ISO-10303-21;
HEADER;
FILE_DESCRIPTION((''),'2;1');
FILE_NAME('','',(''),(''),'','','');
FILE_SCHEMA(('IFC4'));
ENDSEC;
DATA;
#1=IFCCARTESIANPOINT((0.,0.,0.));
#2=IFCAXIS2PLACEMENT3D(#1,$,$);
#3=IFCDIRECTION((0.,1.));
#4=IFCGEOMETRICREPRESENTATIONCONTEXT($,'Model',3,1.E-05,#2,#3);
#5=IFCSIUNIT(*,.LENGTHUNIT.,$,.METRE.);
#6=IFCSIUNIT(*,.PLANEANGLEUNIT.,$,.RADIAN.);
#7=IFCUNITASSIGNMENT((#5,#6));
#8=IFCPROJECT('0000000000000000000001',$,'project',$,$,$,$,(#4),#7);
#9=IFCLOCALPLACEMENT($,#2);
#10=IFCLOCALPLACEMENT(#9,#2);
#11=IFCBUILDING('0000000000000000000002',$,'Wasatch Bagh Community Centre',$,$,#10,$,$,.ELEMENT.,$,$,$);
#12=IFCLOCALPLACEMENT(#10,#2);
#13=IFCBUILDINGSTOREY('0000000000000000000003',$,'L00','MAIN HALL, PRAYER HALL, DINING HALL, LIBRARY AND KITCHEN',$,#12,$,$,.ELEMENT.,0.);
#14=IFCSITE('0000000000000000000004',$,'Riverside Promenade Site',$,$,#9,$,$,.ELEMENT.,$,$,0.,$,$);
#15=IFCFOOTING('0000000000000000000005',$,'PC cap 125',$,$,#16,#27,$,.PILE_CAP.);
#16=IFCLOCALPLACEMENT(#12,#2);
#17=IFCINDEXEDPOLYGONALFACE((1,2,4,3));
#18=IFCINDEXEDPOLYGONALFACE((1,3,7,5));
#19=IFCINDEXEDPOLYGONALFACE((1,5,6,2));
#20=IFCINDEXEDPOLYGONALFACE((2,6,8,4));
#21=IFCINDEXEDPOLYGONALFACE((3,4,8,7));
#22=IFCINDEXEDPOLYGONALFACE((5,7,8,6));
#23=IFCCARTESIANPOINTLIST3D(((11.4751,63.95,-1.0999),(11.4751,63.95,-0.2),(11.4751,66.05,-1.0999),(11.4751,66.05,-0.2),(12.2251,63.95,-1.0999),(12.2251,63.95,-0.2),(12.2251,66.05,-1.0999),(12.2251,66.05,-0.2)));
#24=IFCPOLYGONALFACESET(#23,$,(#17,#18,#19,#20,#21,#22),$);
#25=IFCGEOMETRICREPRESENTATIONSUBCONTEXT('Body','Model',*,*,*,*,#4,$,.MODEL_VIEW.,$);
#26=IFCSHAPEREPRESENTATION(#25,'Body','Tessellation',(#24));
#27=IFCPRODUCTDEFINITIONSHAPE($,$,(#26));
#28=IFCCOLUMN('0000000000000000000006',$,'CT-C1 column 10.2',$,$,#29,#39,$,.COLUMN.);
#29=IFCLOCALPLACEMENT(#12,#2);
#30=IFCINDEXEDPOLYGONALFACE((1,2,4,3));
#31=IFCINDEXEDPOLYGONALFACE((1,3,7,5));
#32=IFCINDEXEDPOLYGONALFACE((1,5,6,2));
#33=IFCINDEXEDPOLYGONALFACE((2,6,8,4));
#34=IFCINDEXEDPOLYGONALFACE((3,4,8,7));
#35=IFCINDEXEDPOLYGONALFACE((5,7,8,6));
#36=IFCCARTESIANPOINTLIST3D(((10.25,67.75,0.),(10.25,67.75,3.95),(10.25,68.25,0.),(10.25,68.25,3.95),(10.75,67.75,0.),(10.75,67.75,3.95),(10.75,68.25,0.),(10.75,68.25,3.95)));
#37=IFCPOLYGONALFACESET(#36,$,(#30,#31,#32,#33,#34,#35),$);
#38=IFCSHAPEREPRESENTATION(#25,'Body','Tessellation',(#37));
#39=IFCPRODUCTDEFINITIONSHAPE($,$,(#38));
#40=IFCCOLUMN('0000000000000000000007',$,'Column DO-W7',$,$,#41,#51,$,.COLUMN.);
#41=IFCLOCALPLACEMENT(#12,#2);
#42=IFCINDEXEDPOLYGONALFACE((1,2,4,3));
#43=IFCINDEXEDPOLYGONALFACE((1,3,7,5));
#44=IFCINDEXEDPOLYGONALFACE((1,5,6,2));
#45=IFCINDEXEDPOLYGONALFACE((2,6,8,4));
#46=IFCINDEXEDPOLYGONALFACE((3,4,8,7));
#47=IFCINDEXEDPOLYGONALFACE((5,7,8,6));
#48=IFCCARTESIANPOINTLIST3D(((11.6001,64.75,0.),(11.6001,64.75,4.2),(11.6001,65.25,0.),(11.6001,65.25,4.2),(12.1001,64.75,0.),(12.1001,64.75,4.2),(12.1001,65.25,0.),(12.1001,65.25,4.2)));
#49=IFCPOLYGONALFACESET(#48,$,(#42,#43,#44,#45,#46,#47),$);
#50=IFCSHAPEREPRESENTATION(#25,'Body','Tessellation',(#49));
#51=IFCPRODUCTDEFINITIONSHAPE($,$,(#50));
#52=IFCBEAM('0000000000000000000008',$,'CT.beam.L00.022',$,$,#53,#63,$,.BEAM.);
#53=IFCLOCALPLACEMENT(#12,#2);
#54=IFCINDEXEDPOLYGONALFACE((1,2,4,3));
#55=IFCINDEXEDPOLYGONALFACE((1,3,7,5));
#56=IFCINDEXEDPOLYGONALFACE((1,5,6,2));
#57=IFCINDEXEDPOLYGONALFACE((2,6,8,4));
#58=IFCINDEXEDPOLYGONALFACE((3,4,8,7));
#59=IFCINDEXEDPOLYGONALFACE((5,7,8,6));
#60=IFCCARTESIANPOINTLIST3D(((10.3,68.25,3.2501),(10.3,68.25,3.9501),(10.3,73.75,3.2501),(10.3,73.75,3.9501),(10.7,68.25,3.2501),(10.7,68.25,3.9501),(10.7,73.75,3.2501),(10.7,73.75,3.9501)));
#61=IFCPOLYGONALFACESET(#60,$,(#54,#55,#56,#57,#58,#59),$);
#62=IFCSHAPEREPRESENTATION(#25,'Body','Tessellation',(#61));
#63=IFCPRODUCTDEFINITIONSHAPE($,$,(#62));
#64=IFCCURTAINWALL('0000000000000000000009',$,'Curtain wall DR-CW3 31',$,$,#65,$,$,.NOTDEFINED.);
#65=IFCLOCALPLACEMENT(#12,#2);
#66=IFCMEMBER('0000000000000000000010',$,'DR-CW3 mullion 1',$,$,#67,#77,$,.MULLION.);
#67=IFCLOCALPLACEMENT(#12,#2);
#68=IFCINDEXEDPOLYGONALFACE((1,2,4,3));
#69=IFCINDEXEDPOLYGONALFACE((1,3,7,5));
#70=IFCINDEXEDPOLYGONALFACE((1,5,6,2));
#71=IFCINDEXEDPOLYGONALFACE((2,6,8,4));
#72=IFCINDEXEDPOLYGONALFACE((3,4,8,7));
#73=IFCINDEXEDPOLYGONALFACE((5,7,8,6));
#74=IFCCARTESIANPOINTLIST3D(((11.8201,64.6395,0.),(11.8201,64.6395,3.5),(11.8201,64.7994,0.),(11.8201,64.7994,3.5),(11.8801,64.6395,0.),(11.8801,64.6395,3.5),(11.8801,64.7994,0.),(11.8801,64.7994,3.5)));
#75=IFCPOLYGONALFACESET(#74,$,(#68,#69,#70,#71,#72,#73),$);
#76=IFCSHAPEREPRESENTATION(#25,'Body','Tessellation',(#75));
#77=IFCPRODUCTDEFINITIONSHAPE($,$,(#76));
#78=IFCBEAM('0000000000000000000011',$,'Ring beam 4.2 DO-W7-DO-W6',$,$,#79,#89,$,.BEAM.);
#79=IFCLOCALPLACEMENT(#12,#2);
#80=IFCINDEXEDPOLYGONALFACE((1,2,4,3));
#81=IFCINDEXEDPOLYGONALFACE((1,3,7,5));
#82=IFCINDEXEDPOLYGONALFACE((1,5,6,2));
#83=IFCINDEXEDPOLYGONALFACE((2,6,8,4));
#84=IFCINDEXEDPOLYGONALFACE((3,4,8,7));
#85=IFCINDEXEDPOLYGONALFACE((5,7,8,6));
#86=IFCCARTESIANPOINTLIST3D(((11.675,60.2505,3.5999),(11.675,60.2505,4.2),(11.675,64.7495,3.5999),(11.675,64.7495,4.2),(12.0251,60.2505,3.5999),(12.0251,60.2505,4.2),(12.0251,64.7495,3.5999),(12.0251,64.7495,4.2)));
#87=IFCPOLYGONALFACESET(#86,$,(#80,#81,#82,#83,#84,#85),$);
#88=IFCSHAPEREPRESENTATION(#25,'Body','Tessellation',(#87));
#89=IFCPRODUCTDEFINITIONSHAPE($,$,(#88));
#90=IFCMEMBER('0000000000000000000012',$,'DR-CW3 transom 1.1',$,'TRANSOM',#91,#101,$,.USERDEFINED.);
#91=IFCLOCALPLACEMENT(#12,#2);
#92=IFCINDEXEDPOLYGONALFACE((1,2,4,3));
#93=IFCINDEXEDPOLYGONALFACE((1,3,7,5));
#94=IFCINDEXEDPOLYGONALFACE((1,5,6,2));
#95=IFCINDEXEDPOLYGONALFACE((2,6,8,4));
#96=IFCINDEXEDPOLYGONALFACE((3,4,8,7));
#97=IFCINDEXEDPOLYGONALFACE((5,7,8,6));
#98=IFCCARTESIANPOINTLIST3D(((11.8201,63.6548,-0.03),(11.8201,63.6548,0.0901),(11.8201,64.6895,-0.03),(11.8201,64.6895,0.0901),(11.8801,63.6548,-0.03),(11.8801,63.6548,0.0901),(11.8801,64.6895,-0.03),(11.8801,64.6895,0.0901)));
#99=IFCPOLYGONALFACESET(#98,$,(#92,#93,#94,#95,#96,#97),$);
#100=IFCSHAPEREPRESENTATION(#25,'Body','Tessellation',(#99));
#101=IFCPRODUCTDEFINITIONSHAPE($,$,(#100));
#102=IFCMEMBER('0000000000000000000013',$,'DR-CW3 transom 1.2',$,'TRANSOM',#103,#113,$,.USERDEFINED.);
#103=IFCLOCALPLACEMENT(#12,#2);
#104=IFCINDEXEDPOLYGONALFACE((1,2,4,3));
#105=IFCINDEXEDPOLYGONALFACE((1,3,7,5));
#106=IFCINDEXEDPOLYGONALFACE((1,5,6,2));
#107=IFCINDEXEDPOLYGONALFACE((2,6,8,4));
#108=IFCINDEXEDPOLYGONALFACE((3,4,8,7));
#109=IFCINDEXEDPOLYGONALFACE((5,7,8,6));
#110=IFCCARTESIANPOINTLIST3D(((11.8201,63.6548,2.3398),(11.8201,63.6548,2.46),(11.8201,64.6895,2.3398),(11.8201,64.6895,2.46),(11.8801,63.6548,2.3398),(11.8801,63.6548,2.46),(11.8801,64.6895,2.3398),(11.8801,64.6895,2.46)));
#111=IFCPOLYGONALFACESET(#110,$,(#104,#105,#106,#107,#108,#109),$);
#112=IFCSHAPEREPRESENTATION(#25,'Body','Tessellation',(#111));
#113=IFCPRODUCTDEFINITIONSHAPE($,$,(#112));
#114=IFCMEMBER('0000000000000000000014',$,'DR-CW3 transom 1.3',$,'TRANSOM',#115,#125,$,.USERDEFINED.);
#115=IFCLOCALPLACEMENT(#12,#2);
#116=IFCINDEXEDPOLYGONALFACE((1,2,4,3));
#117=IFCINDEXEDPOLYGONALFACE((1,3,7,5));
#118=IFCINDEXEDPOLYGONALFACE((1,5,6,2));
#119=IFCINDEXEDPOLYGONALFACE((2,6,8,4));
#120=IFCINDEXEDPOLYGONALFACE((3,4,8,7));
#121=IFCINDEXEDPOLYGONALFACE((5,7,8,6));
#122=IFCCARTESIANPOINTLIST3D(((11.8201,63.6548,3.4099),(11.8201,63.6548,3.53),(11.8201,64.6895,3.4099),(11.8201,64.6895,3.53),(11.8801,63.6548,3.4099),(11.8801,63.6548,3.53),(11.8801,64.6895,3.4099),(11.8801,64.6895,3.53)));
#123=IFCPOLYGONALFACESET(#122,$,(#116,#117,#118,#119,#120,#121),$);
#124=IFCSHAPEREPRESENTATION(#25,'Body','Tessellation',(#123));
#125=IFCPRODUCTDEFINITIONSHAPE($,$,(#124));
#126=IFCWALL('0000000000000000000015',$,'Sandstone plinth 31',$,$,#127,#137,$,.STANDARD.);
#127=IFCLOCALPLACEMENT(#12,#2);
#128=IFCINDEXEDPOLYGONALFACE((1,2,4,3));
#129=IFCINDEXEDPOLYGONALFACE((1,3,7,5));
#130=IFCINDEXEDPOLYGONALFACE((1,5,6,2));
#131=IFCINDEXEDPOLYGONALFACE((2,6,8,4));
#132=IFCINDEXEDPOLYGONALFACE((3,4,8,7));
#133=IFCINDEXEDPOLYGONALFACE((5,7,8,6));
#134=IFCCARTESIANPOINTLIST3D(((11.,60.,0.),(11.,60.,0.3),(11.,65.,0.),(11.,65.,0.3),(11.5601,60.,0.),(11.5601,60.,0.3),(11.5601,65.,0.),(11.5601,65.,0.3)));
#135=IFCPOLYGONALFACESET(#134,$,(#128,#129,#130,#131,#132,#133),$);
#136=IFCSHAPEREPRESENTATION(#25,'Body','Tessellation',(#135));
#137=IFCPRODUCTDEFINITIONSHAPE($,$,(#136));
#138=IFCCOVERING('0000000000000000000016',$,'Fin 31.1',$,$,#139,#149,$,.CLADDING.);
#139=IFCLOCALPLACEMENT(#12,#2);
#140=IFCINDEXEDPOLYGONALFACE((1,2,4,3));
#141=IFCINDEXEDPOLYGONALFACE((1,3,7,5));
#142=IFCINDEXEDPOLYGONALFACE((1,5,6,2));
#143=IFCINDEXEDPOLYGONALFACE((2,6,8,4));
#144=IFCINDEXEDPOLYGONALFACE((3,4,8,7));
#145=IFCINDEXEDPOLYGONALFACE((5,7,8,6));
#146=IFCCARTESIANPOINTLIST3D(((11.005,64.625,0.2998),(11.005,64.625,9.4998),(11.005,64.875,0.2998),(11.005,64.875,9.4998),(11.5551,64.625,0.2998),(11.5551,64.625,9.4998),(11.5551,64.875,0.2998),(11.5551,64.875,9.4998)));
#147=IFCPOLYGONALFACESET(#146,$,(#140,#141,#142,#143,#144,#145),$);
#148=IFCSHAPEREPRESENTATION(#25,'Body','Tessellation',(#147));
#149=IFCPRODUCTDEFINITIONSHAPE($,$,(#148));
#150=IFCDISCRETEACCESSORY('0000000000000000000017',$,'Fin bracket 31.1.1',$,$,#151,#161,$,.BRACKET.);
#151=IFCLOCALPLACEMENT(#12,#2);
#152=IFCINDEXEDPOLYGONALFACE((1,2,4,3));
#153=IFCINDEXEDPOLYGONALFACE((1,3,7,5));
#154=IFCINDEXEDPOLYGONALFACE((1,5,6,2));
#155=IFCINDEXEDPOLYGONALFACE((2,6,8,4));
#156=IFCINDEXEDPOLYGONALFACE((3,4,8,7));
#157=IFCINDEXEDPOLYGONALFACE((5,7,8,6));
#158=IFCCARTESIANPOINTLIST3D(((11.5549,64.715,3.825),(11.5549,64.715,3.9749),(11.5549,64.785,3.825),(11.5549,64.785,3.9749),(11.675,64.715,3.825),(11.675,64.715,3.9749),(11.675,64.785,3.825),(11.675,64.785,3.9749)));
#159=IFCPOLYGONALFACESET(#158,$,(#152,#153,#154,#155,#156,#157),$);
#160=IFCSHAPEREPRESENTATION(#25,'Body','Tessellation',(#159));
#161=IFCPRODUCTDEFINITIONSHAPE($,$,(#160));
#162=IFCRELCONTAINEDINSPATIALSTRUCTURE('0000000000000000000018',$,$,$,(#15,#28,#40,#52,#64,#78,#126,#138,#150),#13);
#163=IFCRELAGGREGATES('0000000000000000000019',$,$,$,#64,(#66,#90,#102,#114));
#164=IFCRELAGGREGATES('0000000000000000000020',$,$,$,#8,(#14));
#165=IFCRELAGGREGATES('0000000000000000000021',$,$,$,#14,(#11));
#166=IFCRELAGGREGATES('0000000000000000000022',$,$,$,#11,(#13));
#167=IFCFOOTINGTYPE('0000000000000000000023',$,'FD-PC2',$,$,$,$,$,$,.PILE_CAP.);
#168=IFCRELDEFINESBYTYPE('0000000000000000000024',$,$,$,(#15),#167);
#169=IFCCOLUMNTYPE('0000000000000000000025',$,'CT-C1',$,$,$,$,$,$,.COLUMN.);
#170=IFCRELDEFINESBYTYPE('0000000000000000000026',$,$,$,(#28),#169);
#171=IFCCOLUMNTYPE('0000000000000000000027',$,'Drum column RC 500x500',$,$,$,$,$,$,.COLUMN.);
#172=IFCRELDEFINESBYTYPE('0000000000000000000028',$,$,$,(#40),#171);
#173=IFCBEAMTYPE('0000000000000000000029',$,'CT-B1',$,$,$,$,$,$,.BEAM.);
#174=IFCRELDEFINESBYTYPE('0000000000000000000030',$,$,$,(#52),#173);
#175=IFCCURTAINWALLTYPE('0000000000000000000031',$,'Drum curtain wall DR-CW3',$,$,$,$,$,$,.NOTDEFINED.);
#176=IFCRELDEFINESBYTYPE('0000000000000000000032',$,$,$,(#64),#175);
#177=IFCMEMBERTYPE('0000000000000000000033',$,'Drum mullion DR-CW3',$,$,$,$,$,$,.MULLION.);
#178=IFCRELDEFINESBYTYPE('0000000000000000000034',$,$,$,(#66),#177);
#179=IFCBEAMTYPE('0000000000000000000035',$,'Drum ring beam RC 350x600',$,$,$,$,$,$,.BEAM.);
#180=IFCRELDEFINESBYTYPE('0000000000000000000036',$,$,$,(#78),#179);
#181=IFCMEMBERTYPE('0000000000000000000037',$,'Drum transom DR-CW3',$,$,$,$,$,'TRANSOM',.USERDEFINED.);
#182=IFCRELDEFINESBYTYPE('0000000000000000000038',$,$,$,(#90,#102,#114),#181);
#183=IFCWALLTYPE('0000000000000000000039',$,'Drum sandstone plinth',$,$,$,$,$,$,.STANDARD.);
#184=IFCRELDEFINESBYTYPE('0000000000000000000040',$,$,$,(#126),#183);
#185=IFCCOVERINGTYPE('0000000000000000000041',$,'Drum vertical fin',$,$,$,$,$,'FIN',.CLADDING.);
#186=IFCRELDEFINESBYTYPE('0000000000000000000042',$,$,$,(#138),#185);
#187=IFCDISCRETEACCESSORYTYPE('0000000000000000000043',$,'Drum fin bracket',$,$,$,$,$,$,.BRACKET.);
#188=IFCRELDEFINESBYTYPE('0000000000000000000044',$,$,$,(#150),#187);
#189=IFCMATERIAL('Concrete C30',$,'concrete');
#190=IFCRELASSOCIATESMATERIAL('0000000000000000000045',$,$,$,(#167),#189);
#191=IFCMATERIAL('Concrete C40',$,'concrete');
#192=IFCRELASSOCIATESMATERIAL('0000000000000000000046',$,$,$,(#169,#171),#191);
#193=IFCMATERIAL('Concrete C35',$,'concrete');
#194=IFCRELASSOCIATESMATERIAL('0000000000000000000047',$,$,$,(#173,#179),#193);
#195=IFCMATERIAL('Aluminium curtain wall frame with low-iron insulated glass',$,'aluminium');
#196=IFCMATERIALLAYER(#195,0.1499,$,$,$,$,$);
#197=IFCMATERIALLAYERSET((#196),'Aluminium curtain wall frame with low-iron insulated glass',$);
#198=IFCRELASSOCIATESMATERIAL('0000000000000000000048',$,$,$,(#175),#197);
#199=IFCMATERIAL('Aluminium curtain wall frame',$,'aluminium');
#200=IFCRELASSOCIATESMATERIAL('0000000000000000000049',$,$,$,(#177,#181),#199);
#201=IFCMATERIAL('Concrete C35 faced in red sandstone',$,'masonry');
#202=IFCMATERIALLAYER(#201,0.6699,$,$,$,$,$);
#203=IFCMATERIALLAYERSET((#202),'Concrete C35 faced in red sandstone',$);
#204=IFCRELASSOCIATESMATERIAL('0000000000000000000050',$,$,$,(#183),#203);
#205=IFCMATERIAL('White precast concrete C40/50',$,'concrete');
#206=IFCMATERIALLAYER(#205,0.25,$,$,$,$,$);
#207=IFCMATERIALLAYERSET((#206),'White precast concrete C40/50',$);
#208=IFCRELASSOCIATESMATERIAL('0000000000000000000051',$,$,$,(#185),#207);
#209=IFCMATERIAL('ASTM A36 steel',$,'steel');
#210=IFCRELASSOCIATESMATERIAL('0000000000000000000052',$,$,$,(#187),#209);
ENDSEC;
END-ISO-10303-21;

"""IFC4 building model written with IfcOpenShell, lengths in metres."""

from ifc_helpers import new_model, si_unit, direction, frame, frame_2d, origin, origin_2d, place, context, subcontext, project, spatial, rectangle, extrude, material, layer, layer_set, material_profile, profile_set, type_object, element, aggregate, save


model = new_model("IFC4")

# Units and contexts
model_context = context("Model", 3, precision=1e-05, world=origin(), true_north=direction((0.0, 1.0)))
body_context = subcontext(model_context, "Body", "Model", "MODEL_VIEW")
ifc_project = project(units=[si_unit("LENGTHUNIT", "METRE"), si_unit("PLANEANGLEUNIT", "RADIAN")], contexts=[model_context])

# Site, building, storey
site_placement = place(None, origin())
site = spatial("IfcSite", under=ifc_project, at=site_placement, Name="Riverside Promenade Site", CompositionType="ELEMENT", RefElevation=0.0)
building_placement = place(site_placement, origin())
building = spatial("IfcBuilding", under=site, at=building_placement, Name="Wasatch Bagh Community Centre", CompositionType="ELEMENT")
storey_placement = place(building_placement, origin())
storey = spatial("IfcBuildingStorey", under=building, at=storey_placement, Name="L00", Description="MAIN HALL, PRAYER HALL, DINING HALL, LIBRARY AND KITCHEN", CompositionType="ELEMENT", Elevation=0.0)

# Shared definitions
ifc_material_1 = material(Name="Concrete C35", Category="concrete")

# Shared definitions
ifc_material_2 = material(Name="Concrete C30", Category="concrete")

# Footing
footing_type_1 = type_object("IfcFootingType", Name="FD-PC2", PredefinedType="PILE_CAP", material=ifc_material_2)
for number, where, z_axis, x_axis, name in (
    (1, (11.8501, 65.0, -1.0999), (0.0, 0.0, 1.0), (0.0, 1.0, 0.0), "PC cap 125"),
):
    element("IfcFooting", number, at=place(storey_placement, frame(where, z_axis=z_axis, x_axis=x_axis)), inside=storey, type_object=footing_type_1, Name=name, PredefinedType="PILE_CAP", context=body_context, shape_type="SweptSolid", body=[
        extrude(rectangle(XDim=2.1001, YDim=0.75, at=origin_2d()), origin(), (0.0, 0.0, 1.0), 0.8999),
    ])

# Columns
ifc_material_3 = material(Name="Concrete C40", Category="concrete")
ifc_material_profile_1 = material_profile(ifc_material_3, rectangle(XDim=0.5, YDim=0.5, at=origin_2d()), Name="RC 500x500")
ifc_profile_set_1 = profile_set([ifc_material_profile_1], Name="Concrete C40")
column_type_1 = type_object("IfcColumnType", Name="CT-C1", PredefinedType="COLUMN", material=ifc_profile_set_1)
column_1_placement = place(storey_placement, frame((10.5, 68.0, 0.0), z_axis=(0.0, 0.0, 1.0), x_axis=(1.0, 0.0, 0.0)))
element("IfcColumn", 2, at=column_1_placement, inside=storey, type_object=column_type_1, Name="CT-C1 column 10.2", PredefinedType="COLUMN", context=body_context, shape_type="SweptSolid", body=[
    extrude(rectangle(XDim=0.5, YDim=0.5, at=origin_2d()), origin(), (0.0, 0.0, 1.0), 3.95),
])
ifc_material_profile_2 = material_profile(ifc_material_3, rectangle(XDim=0.5, YDim=0.5, at=origin_2d()), Name="RC 500x500")
ifc_profile_set_2 = profile_set([ifc_material_profile_2], Name="Concrete C40")
column_type_2 = type_object("IfcColumnType", Name="Drum column RC 500x500", PredefinedType="COLUMN", material=ifc_profile_set_2)
column_2_placement = place(storey_placement, frame((11.8501, 65.0, 0.0), z_axis=(0.0, 0.0, 1.0), x_axis=(1.0, 0.0, 0.0)))
element("IfcColumn", 3, at=column_2_placement, inside=storey, type_object=column_type_2, Name="Column DO-W7", PredefinedType="COLUMN", context=body_context, shape_type="SweptSolid", body=[
    extrude(rectangle(XDim=0.5, YDim=0.5, at=origin_2d()), origin(), (0.0, 0.0, 1.0), 4.2),
])

# Beam
ifc_material_profile_3 = material_profile(ifc_material_1, rectangle(XDim=0.3999, YDim=0.7, at=origin_2d()), Name="RC 400x700")
ifc_profile_set_3 = profile_set([ifc_material_profile_3], Name="Concrete C35")
beam_type_1 = type_object("IfcBeamType", Name="CT-B1", PredefinedType="BEAM", material=ifc_profile_set_3)
beam_1_placement = place(storey_placement, frame((10.5, 68.25, 3.6001), z_axis=(0.0, 1.0, 0.0), x_axis=(-1.0, 0.0, 0.0)))
element("IfcBeam", 4, at=beam_1_placement, inside=storey, type_object=beam_type_1, Name="CT.beam.L00.022", PredefinedType="BEAM", context=body_context, shape_type="SweptSolid", body=[
    extrude(rectangle(XDim=0.3999, YDim=0.7, at=origin_2d()), origin(), (0.0, 0.0, 1.0), 5.5),
])

# Curtain wall, member
ifc_material_4 = material(Name="Aluminium curtain wall frame with low-iron insulated glass", Category="aluminium")
ifc_layer_1 = layer(ifc_material_4, 0.1499)
ifc_layer_set_1 = layer_set([ifc_layer_1], Name="Aluminium curtain wall frame with low-iron insulated glass")
curtain_wall_type = type_object("IfcCurtainWallType", Name="Drum curtain wall DR-CW3", PredefinedType="NOTDEFINED", material=ifc_layer_set_1)
curtain_wall_placement = place(storey_placement, origin())
curtain_wall = element("IfcCurtainWall", 5, at=curtain_wall_placement, inside=storey, type_object=curtain_wall_type, Name="Curtain wall DR-CW3 31", PredefinedType="NOTDEFINED")
ifc_material_5 = material(Name="Aluminium curtain wall frame", Category="aluminium")
ifc_material_profile_4 = material_profile(ifc_material_5, rectangle(XDim=0.0601, YDim=0.1599, at=origin_2d()), Name="Drum mullion DR-CW3")
ifc_profile_set_4 = profile_set([ifc_material_profile_4], Name="Aluminium curtain wall frame")
member_type_1 = type_object("IfcMemberType", Name="Drum mullion DR-CW3", PredefinedType="MULLION", material=ifc_profile_set_4)
member_1_placement = place(storey_placement, frame((11.8501, 64.7195, 0.0), z_axis=(0.0, 0.0, 1.0), x_axis=(1.0, 0.0, 0.0)))
member_1 = element("IfcMember", 6, at=member_1_placement, type_object=member_type_1, Name="DR-CW3 mullion 1", PredefinedType="MULLION", context=body_context, shape_type="SweptSolid", body=[
    extrude(rectangle(XDim=0.0601, YDim=0.1599, at=origin_2d()), origin(), (0.0, 0.0, 1.0), 3.5),
])

# Beam
ifc_material_profile_5 = material_profile(ifc_material_1, rectangle(XDim=0.3501, YDim=0.6001, at=origin_2d()), Name="RC 350x600")
ifc_profile_set_5 = profile_set([ifc_material_profile_5], Name="Concrete C35")
beam_type_2 = type_object("IfcBeamType", Name="Drum ring beam RC 350x600", PredefinedType="BEAM", material=ifc_profile_set_5)
beam_2_placement = place(storey_placement, frame((11.8501, 64.7495, 3.8999), z_axis=(0.0, -1.0, 0.0), x_axis=(1.0, 0.0, 0.0)))
element("IfcBeam", 7, at=beam_2_placement, inside=storey, type_object=beam_type_2, Name="Ring beam 4.2 DO-W7-DO-W6", PredefinedType="BEAM", context=body_context, shape_type="SweptSolid", body=[
    extrude(rectangle(XDim=0.3501, YDim=0.6001, at=origin_2d()), origin(), (0.0, 0.0, 1.0), 4.499),
])

# Members
ifc_material_profile_6 = material_profile(ifc_material_5, rectangle(XDim=0.0601, YDim=0.1201, at=origin_2d()), Name="Drum transom DR-CW3")
ifc_profile_set_6 = profile_set([ifc_material_profile_6], Name="Aluminium curtain wall frame")
member_type_2 = type_object("IfcMemberType", Name="Drum transom DR-CW3", ElementType="TRANSOM", PredefinedType="USERDEFINED", material=ifc_profile_set_6)
member_2_placement = place(storey_placement, frame((11.8501, 64.6895, 0.03), z_axis=(0.0, -1.0, 0.0), x_axis=(1.0, 0.0, 0.0)))
member_2 = element("IfcMember", 8, at=member_2_placement, type_object=member_type_2, Name="DR-CW3 transom 1.1", ObjectType="TRANSOM", PredefinedType="USERDEFINED", context=body_context, shape_type="SweptSolid", body=[
    extrude(rectangle(XDim=0.0601, YDim=0.1201, at=origin_2d()), origin(), (0.0, 0.0, 1.0), 1.0347),
])
member_3_placement = place(storey_placement, frame((11.8501, 64.6895, 2.3999), z_axis=(0.0, -1.0, 0.0), x_axis=(1.0, 0.0, 0.0)))
member_3 = element("IfcMember", 9, at=member_3_placement, type_object=member_type_2, Name="DR-CW3 transom 1.2", ObjectType="TRANSOM", PredefinedType="USERDEFINED", context=body_context, shape_type="SweptSolid", body=[
    extrude(rectangle(XDim=0.0601, YDim=0.1201, at=origin_2d()), origin(), (0.0, 0.0, 1.0), 1.0347),
])
member_4_placement = place(storey_placement, frame((11.8501, 64.6895, 3.47), z_axis=(0.0, -1.0, 0.0), x_axis=(1.0, 0.0, 0.0)))
member_4 = element("IfcMember", 10, at=member_4_placement, type_object=member_type_2, Name="DR-CW3 transom 1.3", ObjectType="TRANSOM", PredefinedType="USERDEFINED", context=body_context, shape_type="SweptSolid", body=[
    extrude(rectangle(XDim=0.0601, YDim=0.1201, at=origin_2d()), origin(), (0.0, 0.0, 1.0), 1.0347),
])
aggregate(curtain_wall, [member_1, member_2, member_3, member_4])

# Wall
ifc_material_6 = material(Name="Concrete C35 faced in red sandstone", Category="masonry")
ifc_layer_2 = layer(ifc_material_6, 0.6699)
ifc_layer_set_2 = layer_set([ifc_layer_2], Name="Concrete C35 faced in red sandstone")
wall_type = type_object("IfcWallType", Name="Drum sandstone plinth", PredefinedType="STANDARD", material=ifc_layer_set_2)
wall_placement = place(storey_placement, frame((11.28, 65.0, 0.0), z_axis=(0.0, 0.0, 1.0), x_axis=(0.0, -1.0, 0.0)))
element("IfcWall", 11, at=wall_placement, inside=storey, type_object=wall_type, Name="Sandstone plinth 31", PredefinedType="STANDARD", context=body_context, shape_type="SweptSolid", body=[
    extrude(rectangle(XDim=5.0, YDim=0.5601, at=frame_2d((2.5, 0.0))), origin(), (0.0, 0.0, 1.0), 0.3),
])

# Covering
ifc_material_7 = material(Name="White precast concrete C40/50", Category="concrete")
ifc_layer_3 = layer(ifc_material_7, 0.25)
ifc_layer_set_3 = layer_set([ifc_layer_3], Name="White precast concrete C40/50")
covering_type = type_object("IfcCoveringType", Name="Drum vertical fin", ElementType="FIN", PredefinedType="CLADDING", material=ifc_layer_set_3)
covering_placement = place(storey_placement, frame((11.28, 64.75, 0.2998), z_axis=(0.0, 0.0, 1.0), x_axis=(0.0, -1.0, 0.0)))
element("IfcCovering", 12, at=covering_placement, inside=storey, type_object=covering_type, Name="Fin 31.1", PredefinedType="CLADDING", context=body_context, shape_type="SweptSolid", body=[
    extrude(rectangle(XDim=0.25, YDim=0.55, at=origin_2d()), origin(), (0.0, 0.0, 1.0), 9.2),
])

# Discrete accessory
ifc_material_8 = material(Name="ASTM A36 steel", Category="steel")
discrete_accessory_type = type_object("IfcDiscreteAccessoryType", Name="Drum fin bracket", PredefinedType="BRACKET", material=ifc_material_8)
discrete_accessory_placement = place(storey_placement, frame((11.615, 64.75, 3.825), z_axis=(0.0, 0.0, 1.0), x_axis=(0.0, -1.0, 0.0)))
element("IfcDiscreteAccessory", 13, at=discrete_accessory_placement, inside=storey, type_object=discrete_accessory_type, Name="Fin bracket 31.1.1", PredefinedType="BRACKET", context=body_context, shape_type="SweptSolid", body=[
    extrude(rectangle(XDim=0.0701, YDim=0.1201, at=origin_2d()), origin(), (0.0, 0.0, 1.0), 0.1499),
])

save(model, "model.ifc")
